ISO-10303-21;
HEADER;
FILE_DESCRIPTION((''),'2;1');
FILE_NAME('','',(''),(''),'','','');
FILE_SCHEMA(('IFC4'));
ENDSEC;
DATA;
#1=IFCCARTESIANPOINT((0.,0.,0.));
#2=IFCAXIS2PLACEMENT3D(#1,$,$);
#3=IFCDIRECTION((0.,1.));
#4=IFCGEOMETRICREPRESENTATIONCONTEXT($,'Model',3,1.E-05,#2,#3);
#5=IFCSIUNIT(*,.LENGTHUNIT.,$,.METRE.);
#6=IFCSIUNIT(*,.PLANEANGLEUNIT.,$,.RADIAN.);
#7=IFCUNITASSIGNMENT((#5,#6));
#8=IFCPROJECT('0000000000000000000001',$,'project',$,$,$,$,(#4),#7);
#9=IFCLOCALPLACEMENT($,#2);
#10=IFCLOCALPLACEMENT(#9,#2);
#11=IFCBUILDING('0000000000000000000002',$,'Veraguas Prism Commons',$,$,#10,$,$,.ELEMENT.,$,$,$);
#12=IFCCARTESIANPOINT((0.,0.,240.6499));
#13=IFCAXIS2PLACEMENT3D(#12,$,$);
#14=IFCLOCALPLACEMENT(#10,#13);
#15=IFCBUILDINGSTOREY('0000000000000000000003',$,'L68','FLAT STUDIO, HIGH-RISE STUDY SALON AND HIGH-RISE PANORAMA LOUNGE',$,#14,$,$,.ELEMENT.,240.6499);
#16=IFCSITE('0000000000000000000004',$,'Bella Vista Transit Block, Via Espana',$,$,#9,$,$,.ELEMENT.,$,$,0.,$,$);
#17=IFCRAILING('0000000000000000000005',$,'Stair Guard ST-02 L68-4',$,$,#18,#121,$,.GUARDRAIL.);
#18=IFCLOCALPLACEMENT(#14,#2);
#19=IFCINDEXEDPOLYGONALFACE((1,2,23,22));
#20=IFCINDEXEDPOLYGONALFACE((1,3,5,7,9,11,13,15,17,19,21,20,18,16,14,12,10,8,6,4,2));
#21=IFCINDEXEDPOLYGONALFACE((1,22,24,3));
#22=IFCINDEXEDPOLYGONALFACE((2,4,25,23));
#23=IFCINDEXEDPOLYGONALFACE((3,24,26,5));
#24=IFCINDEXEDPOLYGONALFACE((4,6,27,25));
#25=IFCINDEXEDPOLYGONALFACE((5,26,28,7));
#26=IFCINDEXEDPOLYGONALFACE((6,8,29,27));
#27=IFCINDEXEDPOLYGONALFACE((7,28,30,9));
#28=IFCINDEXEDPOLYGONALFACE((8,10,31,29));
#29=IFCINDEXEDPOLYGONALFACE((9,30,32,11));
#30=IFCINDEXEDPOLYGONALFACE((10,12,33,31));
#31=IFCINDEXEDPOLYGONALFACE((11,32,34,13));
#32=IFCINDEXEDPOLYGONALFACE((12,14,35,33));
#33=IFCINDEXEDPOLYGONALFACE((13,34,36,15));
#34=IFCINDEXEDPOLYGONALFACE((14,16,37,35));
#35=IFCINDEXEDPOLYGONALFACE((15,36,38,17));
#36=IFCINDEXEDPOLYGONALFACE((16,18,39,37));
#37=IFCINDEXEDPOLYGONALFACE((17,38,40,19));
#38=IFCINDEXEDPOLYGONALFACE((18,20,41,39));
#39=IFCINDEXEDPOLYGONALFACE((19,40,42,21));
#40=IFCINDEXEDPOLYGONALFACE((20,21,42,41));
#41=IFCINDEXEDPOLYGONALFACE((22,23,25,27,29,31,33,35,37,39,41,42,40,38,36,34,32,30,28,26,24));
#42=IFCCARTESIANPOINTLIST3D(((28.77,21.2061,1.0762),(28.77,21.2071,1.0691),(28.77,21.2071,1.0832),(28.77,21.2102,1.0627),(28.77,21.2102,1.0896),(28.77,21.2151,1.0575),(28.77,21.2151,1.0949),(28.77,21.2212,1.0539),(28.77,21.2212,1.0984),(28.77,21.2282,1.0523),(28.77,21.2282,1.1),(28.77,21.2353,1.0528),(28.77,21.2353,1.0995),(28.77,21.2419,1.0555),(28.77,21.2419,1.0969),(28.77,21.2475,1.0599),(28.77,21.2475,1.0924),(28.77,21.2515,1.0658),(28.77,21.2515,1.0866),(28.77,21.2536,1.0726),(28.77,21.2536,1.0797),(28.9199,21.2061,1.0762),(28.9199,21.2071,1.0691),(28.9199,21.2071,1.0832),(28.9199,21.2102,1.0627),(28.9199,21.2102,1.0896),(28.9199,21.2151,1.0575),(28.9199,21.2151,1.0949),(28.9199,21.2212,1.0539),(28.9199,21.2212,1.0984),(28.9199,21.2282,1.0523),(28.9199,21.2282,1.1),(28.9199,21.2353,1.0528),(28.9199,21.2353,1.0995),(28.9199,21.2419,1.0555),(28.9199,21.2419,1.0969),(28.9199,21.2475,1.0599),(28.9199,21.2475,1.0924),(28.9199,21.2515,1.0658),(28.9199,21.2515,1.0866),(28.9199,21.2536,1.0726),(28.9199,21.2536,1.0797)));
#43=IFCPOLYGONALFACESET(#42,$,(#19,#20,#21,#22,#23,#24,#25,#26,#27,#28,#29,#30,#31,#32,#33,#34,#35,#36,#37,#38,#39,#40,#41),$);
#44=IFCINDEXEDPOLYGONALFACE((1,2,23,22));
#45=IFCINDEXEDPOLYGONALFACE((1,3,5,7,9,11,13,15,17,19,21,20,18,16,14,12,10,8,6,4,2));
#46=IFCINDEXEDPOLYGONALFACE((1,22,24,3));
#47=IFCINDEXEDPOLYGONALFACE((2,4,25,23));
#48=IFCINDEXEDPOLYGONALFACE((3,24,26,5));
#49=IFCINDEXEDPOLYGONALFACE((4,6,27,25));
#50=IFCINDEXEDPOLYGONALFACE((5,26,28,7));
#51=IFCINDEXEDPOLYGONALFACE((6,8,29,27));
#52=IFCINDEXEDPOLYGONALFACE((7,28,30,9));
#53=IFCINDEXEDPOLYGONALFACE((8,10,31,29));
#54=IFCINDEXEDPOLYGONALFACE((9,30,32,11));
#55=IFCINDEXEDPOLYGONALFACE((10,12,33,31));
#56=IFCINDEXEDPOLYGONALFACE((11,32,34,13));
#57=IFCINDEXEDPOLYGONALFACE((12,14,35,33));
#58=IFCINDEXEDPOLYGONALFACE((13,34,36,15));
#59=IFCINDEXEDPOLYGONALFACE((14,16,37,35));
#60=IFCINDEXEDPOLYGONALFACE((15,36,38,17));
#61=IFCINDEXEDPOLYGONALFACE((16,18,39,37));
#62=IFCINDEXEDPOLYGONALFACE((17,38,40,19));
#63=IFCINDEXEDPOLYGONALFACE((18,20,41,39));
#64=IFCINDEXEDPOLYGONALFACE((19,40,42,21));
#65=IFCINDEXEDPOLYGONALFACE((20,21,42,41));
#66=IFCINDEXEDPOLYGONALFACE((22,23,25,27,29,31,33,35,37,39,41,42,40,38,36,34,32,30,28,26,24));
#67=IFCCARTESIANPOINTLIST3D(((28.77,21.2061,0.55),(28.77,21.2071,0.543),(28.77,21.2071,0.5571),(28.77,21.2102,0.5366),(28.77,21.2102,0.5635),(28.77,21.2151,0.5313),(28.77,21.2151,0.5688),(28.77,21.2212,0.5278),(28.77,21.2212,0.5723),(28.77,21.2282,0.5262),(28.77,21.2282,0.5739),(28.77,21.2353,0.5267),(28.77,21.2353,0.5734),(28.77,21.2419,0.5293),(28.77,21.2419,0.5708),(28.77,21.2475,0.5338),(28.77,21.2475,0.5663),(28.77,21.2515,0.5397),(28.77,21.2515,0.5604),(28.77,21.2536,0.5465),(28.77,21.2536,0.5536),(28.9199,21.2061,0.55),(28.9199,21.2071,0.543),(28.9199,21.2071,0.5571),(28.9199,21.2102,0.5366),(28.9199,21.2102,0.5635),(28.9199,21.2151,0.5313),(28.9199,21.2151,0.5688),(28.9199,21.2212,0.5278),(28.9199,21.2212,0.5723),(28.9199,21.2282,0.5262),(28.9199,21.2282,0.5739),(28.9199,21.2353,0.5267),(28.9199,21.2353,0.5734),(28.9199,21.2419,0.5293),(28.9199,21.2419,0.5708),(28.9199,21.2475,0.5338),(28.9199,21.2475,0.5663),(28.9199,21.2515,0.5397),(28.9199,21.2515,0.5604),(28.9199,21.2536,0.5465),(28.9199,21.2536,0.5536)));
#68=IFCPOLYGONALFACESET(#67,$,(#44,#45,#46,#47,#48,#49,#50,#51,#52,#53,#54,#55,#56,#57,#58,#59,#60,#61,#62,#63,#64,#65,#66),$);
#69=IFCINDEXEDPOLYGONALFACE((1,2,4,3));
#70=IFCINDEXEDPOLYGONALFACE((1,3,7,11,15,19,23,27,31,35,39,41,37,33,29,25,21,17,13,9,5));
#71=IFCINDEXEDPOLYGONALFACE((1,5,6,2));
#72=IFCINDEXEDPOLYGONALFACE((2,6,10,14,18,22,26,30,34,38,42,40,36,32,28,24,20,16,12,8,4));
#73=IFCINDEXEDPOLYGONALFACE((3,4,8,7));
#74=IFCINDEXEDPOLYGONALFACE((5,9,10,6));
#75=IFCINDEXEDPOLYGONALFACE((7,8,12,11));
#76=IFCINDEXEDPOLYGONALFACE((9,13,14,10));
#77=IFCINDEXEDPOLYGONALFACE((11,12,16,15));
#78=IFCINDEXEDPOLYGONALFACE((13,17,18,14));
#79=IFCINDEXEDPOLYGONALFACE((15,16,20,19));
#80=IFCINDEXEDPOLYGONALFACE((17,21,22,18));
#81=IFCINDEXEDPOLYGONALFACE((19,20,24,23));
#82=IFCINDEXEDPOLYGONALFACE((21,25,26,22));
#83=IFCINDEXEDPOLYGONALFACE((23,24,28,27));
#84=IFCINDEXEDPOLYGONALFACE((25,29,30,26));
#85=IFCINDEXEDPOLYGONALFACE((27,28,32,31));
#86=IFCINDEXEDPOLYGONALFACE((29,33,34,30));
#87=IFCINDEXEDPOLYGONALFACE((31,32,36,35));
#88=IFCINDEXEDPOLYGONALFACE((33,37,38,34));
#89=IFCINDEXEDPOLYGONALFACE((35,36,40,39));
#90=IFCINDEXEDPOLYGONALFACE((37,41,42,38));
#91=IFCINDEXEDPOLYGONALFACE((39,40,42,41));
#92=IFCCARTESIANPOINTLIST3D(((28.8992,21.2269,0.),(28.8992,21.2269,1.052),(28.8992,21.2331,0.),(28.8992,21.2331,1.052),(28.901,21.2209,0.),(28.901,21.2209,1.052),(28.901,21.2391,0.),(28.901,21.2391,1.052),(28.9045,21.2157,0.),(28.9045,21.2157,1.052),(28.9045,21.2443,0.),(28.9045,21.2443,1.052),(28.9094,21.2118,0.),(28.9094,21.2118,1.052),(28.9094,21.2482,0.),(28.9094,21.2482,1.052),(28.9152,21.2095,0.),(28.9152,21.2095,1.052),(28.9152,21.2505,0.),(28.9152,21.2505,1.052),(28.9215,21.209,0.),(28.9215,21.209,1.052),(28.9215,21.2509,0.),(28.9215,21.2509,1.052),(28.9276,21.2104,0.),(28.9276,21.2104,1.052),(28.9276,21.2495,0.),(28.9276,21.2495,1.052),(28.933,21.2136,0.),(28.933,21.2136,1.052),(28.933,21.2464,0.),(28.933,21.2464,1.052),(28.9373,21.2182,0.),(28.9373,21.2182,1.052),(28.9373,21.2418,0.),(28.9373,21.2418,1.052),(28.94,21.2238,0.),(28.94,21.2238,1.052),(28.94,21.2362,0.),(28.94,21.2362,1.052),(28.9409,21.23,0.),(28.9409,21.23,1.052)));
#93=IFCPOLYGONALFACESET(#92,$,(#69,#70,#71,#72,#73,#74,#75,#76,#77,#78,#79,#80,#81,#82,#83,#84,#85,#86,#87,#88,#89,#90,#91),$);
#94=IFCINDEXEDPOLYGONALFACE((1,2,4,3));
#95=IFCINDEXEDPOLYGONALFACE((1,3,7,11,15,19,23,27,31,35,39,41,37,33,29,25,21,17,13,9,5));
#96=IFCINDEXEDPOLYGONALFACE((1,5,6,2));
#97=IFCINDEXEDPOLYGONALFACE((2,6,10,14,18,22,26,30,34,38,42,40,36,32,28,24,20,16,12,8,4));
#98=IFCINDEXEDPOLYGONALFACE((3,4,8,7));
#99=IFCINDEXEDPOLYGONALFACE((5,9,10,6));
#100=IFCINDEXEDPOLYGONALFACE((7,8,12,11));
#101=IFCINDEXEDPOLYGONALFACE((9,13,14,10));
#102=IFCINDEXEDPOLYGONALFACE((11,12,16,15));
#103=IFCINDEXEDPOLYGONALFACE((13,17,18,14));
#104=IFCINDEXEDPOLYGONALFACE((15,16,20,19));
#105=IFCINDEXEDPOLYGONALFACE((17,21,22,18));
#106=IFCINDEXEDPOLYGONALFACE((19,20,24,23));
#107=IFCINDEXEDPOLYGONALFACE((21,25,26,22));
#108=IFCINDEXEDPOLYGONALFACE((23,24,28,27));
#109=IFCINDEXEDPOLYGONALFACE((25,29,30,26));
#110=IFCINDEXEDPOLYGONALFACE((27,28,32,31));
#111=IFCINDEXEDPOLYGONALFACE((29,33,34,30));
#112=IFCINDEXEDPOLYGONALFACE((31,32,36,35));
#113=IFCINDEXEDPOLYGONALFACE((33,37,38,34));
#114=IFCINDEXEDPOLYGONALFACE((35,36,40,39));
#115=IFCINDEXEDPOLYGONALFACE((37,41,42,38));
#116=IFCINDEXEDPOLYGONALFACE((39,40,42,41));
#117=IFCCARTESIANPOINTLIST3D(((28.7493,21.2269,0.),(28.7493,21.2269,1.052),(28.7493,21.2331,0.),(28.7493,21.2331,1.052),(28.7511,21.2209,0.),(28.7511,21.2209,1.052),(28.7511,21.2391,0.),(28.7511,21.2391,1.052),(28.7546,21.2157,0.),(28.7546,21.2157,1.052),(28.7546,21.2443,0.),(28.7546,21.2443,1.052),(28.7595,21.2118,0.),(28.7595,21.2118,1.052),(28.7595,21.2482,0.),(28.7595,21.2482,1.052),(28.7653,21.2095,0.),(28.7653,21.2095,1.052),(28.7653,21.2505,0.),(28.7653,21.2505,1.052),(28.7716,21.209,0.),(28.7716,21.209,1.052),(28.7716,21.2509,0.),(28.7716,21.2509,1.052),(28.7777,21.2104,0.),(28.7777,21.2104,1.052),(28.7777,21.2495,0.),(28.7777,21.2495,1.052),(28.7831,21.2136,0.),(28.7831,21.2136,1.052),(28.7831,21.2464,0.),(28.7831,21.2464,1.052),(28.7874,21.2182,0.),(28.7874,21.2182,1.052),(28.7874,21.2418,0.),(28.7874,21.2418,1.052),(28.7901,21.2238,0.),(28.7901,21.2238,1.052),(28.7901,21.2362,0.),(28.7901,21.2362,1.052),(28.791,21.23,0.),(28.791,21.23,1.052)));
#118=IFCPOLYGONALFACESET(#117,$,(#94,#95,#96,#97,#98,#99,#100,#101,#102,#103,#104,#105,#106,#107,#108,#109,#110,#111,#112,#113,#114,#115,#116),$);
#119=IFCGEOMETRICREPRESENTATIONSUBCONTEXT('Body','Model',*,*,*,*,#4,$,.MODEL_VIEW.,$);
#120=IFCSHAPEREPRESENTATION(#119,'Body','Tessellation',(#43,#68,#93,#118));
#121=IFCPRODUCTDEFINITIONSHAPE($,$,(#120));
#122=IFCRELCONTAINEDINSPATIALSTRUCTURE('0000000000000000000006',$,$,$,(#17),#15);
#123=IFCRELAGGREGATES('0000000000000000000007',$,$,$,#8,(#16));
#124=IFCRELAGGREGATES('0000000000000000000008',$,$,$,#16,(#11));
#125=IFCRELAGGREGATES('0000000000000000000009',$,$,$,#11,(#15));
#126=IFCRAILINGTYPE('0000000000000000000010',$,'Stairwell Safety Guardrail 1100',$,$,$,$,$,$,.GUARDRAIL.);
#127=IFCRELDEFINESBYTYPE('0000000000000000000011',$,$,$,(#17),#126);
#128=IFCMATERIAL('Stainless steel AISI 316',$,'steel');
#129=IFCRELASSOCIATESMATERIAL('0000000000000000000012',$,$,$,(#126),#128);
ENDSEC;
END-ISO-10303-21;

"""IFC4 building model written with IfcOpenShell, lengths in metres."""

from ifc_helpers import new_model, si_unit, direction, frame, origin, origin_2d, place, context, subcontext, project, spatial, circle, extrude, material, type_object, element, save


model = new_model("IFC4")

# Units and contexts
model_context = context("Model", 3, precision=1e-05, world=origin(), true_north=direction((0.0, 1.0)))
body_context = subcontext(model_context, "Body", "Model", "MODEL_VIEW")
ifc_project = project(units=[si_unit("LENGTHUNIT", "METRE"), si_unit("PLANEANGLEUNIT", "RADIAN")], contexts=[model_context])

# Site, building, storey
site_placement = place(None, origin())
site = spatial("IfcSite", under=ifc_project, at=site_placement, Name="Bella Vista Transit Block, Via Espana", CompositionType="ELEMENT", RefElevation=0.0)
building_placement = place(site_placement, origin())
building = spatial("IfcBuilding", under=site, at=building_placement, Name="Veraguas Prism Commons", CompositionType="ELEMENT")
storey_placement = place(building_placement, frame((0.0, 0.0, 240.6499)))
storey = spatial("IfcBuildingStorey", under=building, at=storey_placement, Name="L68", Description="FLAT STUDIO, HIGH-RISE STUDY SALON AND HIGH-RISE PANORAMA LOUNGE", CompositionType="ELEMENT", Elevation=240.6499)

# Railing
ifc_material_1 = material(Name="Stainless steel AISI 316", Category="steel")
railing_type_1 = type_object("IfcRailingType", Name="Stairwell Safety Guardrail 1100", PredefinedType="GUARDRAIL", material=ifc_material_1)
railing_1_placement = place(storey_placement, frame((28.9199, 21.23, 0.0)))
element("IfcRailing", 1, at=railing_1_placement, inside=storey, type_object=railing_type_1, Name="Stair Guard ST-02 L68-4", PredefinedType="GUARDRAIL", context=body_context, shape_type="SweptSolid", body=[
    extrude(circle(Radius=0.0239, at=origin_2d()), frame((0.0, 0.0, 1.0762), z_axis=(-1.0, 0.0, 0.0), x_axis=(0.0, -1.0, 0.0)), (0.0, 0.0, 1.0), 0.1499),
    extrude(circle(Radius=0.0239, at=origin_2d()), frame((0.0, 0.0, 0.55), z_axis=(-1.0, 0.0, 0.0), x_axis=(0.0, -1.0, 0.0)), (0.0, 0.0, 1.0), 0.1499),
    extrude(circle(Radius=0.021, at=origin_2d()), origin(), (0.0, 0.0, 1.0), 1.052),
    extrude(circle(Radius=0.021, at=origin_2d()), frame((-0.1499, 0.0, 0.0)), (0.0, 0.0, 1.0), 1.052),
])

save(model, "model.ifc")
